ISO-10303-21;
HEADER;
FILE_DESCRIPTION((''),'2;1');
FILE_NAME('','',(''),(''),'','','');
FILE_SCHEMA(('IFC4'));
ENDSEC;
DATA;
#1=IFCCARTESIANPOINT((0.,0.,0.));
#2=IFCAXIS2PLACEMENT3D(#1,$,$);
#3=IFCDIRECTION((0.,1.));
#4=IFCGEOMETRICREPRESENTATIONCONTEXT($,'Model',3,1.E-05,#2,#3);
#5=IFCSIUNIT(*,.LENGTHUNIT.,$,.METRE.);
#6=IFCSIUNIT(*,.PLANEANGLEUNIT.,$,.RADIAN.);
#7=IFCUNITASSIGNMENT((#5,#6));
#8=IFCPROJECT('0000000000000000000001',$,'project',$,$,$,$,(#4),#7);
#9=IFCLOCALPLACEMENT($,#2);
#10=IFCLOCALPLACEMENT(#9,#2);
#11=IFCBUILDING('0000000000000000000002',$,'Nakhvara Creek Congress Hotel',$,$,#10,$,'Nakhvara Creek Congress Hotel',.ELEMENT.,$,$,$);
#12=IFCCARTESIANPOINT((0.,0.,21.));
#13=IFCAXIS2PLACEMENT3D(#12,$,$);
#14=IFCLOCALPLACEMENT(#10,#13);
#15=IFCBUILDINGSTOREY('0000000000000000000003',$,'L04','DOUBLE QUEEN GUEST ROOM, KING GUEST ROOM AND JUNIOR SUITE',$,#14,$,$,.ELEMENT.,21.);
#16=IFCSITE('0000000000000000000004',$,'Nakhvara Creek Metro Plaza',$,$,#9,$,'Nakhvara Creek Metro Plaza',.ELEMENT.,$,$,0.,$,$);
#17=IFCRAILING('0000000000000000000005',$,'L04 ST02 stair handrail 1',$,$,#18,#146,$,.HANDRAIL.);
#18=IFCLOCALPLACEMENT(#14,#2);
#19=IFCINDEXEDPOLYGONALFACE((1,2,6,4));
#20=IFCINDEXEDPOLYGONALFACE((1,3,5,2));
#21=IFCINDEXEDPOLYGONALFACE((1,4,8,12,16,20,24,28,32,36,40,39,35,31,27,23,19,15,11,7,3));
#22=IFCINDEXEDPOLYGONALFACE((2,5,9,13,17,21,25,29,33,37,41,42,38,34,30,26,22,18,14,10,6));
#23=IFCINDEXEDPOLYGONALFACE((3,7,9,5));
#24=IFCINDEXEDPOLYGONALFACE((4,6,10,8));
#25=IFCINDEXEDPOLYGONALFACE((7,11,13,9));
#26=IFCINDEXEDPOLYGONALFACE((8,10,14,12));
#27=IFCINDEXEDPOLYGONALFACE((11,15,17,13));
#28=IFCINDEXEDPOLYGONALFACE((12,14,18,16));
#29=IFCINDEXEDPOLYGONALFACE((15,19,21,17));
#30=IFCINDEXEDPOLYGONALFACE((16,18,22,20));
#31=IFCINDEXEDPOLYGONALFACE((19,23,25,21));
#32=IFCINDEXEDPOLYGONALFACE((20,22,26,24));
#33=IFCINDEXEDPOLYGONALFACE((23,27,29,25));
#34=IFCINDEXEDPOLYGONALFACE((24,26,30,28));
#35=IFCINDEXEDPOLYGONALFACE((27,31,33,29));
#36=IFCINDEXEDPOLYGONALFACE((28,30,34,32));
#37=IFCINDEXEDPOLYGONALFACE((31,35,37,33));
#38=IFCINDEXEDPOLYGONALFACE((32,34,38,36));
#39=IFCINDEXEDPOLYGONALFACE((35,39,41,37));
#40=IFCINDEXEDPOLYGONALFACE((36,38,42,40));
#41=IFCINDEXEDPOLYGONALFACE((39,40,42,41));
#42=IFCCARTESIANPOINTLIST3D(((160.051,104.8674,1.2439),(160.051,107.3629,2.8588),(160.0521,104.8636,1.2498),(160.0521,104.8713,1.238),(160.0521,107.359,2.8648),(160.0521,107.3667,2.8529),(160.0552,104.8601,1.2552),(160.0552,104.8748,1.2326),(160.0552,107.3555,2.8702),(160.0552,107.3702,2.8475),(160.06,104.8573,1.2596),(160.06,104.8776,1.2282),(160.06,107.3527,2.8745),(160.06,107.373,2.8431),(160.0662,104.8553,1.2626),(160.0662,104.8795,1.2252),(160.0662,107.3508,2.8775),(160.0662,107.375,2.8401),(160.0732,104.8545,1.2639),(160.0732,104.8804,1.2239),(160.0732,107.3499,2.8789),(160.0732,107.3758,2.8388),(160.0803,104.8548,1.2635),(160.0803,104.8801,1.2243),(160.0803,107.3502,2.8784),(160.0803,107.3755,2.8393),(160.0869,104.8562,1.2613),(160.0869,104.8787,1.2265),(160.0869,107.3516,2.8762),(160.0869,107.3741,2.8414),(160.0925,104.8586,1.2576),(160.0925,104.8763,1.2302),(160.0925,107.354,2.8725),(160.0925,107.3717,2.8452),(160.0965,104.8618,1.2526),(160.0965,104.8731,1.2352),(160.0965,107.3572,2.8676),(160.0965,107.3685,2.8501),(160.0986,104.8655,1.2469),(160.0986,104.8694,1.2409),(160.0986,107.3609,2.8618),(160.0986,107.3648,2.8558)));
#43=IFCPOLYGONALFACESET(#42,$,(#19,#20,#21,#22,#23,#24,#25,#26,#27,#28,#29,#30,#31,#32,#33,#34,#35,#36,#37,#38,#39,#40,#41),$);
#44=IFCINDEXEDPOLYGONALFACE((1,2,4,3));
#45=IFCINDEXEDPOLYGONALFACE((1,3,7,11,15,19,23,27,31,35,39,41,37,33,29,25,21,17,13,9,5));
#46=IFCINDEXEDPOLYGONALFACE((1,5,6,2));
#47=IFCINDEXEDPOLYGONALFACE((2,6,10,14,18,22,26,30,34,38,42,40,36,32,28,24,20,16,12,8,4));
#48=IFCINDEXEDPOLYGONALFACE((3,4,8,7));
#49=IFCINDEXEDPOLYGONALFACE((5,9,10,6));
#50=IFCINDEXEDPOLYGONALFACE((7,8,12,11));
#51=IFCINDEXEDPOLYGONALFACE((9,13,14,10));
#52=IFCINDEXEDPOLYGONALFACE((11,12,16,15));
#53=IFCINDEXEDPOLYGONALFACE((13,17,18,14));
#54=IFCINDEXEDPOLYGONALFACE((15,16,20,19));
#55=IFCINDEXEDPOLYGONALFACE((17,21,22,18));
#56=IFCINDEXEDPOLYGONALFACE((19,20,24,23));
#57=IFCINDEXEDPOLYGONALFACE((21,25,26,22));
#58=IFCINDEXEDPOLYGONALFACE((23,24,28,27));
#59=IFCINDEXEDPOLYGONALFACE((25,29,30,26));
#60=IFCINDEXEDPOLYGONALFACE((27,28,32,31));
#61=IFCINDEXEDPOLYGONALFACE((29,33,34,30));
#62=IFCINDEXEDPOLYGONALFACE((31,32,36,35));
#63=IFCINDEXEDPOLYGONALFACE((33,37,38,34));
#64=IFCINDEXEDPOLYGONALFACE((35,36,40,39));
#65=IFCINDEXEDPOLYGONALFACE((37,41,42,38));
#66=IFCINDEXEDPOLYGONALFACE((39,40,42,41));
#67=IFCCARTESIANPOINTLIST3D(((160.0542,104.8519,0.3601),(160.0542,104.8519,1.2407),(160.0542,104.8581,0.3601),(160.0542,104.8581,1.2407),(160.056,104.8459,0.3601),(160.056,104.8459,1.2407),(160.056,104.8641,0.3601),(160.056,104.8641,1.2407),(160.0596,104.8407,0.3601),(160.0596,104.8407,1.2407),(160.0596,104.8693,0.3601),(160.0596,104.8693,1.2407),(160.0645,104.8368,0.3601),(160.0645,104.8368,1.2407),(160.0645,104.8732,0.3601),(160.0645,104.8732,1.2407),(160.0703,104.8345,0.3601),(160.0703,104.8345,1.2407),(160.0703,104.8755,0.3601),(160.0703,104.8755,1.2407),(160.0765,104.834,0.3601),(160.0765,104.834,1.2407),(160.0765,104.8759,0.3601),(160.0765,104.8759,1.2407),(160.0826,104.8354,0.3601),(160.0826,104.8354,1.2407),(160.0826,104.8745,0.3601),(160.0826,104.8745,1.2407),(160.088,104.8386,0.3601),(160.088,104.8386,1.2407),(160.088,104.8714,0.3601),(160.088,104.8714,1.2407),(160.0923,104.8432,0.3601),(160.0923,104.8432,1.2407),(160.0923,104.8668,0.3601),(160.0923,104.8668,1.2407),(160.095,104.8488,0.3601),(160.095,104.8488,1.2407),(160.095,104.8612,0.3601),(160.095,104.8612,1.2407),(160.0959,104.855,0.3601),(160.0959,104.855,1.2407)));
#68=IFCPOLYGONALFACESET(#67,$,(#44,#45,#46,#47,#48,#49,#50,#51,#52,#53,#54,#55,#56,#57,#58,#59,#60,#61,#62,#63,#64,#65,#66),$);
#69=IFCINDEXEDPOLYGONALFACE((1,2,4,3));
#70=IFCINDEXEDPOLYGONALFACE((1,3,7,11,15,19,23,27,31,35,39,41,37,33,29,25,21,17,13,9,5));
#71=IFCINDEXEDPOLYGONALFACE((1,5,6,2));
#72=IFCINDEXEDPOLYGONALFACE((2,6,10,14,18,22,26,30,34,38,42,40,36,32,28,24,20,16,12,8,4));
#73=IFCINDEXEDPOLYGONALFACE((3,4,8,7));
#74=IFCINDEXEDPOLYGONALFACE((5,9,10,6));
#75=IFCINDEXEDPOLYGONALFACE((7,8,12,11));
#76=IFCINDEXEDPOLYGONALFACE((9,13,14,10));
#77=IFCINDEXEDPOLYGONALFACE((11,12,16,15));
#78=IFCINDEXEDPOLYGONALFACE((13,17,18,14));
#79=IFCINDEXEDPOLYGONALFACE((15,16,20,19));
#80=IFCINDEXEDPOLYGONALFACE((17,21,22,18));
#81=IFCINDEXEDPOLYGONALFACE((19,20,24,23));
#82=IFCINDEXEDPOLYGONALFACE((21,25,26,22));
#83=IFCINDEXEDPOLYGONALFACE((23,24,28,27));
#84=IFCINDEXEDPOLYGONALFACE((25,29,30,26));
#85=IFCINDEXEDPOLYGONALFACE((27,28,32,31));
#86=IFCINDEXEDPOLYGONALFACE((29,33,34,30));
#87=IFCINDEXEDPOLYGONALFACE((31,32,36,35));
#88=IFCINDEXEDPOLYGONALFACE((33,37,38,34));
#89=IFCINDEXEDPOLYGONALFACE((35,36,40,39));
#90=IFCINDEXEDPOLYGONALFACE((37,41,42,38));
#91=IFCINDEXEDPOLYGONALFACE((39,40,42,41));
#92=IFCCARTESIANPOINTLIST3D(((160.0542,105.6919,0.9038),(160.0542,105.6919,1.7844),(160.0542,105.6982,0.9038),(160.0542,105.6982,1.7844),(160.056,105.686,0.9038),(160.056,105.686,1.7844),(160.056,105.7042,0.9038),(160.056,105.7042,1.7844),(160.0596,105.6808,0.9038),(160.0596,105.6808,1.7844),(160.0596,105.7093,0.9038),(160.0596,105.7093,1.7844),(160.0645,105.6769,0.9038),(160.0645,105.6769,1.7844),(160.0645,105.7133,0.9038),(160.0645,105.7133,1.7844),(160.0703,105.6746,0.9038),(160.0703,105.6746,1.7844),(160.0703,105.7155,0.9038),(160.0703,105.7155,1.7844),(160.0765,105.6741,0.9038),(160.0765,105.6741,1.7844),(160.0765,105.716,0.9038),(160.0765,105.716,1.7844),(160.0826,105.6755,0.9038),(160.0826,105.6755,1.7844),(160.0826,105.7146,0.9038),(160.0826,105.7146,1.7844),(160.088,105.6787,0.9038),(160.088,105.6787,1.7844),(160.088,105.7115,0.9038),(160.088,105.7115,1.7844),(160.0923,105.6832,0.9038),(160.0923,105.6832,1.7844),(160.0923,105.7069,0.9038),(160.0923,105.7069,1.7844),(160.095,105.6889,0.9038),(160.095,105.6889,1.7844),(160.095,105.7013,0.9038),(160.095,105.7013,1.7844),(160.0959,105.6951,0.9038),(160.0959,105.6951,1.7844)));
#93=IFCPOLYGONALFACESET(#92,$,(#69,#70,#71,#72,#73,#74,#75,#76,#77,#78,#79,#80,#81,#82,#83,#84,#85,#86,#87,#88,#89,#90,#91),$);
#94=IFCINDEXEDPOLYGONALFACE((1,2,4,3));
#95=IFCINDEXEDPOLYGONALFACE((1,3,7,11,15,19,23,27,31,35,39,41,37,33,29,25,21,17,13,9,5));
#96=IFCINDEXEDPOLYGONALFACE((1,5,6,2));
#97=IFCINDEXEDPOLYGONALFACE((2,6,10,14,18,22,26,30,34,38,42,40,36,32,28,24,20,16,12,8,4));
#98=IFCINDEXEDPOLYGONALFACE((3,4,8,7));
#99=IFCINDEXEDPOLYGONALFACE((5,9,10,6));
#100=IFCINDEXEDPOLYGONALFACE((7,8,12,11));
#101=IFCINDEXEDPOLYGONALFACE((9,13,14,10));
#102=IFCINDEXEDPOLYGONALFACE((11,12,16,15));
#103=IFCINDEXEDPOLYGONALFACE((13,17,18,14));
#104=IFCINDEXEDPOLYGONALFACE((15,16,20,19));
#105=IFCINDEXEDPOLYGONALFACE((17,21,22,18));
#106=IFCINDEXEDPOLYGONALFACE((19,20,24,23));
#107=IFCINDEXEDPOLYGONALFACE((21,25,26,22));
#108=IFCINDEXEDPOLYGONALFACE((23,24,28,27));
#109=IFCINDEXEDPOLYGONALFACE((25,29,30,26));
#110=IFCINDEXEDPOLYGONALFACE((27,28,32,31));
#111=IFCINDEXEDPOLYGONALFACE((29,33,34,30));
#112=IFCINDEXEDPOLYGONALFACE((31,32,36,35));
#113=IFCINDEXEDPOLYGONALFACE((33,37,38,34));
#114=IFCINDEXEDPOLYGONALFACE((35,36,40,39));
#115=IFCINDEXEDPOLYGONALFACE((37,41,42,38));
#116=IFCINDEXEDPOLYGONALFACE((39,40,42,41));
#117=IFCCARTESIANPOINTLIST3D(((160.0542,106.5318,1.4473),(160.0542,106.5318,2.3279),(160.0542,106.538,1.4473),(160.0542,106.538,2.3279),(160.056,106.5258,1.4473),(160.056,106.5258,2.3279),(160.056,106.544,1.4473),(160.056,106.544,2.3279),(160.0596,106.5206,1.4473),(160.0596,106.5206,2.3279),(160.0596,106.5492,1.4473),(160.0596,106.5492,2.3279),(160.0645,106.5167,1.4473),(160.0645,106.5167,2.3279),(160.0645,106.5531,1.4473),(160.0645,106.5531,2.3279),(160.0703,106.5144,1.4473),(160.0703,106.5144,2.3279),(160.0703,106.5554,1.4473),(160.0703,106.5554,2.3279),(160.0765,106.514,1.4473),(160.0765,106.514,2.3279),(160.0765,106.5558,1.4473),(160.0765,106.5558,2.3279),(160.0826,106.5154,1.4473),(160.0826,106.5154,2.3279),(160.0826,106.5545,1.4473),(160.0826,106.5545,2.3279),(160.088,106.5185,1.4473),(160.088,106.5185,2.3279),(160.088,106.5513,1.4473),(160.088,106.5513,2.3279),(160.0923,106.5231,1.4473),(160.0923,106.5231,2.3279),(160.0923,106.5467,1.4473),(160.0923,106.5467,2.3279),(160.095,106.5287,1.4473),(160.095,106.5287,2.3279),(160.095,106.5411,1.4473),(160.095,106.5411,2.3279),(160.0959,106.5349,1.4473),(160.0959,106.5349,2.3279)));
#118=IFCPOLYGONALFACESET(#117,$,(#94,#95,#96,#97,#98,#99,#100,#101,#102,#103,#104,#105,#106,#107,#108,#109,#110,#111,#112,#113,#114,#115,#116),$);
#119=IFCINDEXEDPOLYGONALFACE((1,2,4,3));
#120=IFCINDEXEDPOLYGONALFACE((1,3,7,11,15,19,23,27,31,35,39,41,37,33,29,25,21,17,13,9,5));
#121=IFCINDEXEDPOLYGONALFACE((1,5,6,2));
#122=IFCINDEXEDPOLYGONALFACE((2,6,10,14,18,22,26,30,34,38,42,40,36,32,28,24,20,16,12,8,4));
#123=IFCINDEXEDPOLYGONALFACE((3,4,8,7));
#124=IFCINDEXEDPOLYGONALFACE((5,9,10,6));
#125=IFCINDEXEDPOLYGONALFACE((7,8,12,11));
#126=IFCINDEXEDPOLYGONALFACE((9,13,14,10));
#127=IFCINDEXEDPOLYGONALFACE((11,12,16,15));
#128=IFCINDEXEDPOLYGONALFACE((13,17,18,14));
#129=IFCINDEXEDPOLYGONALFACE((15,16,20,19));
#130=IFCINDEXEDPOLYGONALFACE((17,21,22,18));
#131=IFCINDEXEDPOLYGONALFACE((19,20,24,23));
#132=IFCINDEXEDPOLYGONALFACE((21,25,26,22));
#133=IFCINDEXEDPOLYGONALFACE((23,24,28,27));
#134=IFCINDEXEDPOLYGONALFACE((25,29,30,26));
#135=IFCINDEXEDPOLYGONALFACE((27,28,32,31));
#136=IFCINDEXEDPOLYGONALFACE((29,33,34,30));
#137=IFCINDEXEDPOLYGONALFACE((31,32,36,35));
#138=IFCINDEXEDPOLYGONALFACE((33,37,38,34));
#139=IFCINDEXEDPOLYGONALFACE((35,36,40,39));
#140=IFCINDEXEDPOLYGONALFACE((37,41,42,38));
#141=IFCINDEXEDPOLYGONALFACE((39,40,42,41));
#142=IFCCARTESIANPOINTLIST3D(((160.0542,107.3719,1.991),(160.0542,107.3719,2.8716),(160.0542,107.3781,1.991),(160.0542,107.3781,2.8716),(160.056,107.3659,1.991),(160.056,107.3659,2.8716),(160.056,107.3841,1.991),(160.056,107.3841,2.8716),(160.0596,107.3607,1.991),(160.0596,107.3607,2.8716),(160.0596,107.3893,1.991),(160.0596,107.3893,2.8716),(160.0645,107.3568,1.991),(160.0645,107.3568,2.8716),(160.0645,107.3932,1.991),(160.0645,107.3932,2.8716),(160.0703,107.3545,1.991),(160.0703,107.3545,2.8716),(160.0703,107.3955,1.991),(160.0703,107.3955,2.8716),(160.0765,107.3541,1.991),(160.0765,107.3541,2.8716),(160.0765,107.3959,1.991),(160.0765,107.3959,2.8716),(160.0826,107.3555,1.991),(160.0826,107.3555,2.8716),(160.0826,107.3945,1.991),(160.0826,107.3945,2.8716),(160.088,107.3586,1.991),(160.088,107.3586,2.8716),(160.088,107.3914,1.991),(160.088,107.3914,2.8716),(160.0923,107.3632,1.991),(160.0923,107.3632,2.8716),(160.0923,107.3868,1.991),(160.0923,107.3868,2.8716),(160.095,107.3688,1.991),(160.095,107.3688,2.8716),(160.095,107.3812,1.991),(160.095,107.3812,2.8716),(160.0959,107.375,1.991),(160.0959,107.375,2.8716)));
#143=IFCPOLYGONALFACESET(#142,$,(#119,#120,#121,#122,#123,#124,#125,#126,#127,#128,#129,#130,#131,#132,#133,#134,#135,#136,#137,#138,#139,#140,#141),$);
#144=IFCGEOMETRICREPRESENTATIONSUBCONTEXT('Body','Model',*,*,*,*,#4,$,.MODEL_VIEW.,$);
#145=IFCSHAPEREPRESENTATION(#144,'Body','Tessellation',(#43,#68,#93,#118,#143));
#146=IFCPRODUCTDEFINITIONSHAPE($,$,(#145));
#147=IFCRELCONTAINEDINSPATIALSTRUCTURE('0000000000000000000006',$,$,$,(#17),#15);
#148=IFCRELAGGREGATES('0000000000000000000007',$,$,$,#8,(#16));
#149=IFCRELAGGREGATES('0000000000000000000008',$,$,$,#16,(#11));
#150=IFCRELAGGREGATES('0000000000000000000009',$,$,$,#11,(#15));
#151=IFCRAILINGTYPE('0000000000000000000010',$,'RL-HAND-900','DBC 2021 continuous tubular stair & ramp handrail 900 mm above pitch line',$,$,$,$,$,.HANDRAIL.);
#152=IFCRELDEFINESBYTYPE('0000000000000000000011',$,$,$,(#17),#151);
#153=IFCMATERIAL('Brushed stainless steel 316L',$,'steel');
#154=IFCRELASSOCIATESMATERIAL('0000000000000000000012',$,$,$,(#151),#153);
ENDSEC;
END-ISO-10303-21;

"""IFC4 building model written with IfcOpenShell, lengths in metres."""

from ifc_helpers import new_model, si_unit, direction, frame, origin, origin_2d, place, context, subcontext, project, spatial, circle, extrude, material, type_object, element, save


model = new_model("IFC4")

# Units and contexts
model_context = context("Model", 3, precision=1e-05, world=origin(), true_north=direction((0.0, 1.0)))
body_context = subcontext(model_context, "Body", "Model", "MODEL_VIEW")
ifc_project = project(units=[si_unit("LENGTHUNIT", "METRE"), si_unit("PLANEANGLEUNIT", "RADIAN")], contexts=[model_context])

# Site, building, storey
site_placement = place(None, origin())
site = spatial("IfcSite", under=ifc_project, at=site_placement, Name="Nakhvara Creek Metro Plaza", LongName="Nakhvara Creek Metro Plaza", CompositionType="ELEMENT", RefElevation=0.0)
building_placement = place(site_placement, origin())
building = spatial("IfcBuilding", under=site, at=building_placement, Name="Nakhvara Creek Congress Hotel", LongName="Nakhvara Creek Congress Hotel", CompositionType="ELEMENT")
storey_placement = place(building_placement, frame((0.0, 0.0, 21.0)))
storey = spatial("IfcBuildingStorey", under=building, at=storey_placement, Name="L04", Description="DOUBLE QUEEN GUEST ROOM, KING GUEST ROOM AND JUNIOR SUITE", CompositionType="ELEMENT", Elevation=21.0)

# Railing
ifc_material_1 = material(Name="Brushed stainless steel 316L", Category="steel")
railing_type_1 = type_object("IfcRailingType", Name="RL-HAND-900", Description="DBC 2021 continuous tubular stair & ramp handrail 900 mm above pitch line", PredefinedType="HANDRAIL", material=ifc_material_1)
railing_1_placement = place(storey_placement, frame((160.075, 104.855, 0.3601)))
element("IfcRailing", 1, at=railing_1_placement, inside=storey, type_object=railing_type_1, Name="L04 ST02 stair handrail 1", PredefinedType="HANDRAIL", context=body_context, shape_type="SweptSolid", body=[
    extrude(circle(Radius=0.0239, at=origin_2d()), frame((0.0, 0.0125, 0.8838), z_axis=(0.0, 0.839531, 0.543312), x_axis=(-1.0, 0.0, 0.0)), (0.0, 0.0, 1.0), 2.9724),
    extrude(circle(Radius=0.021, at=origin_2d()), origin(), (0.0, 0.0, 1.0), 0.8806),
    extrude(circle(Radius=0.021, at=origin_2d()), frame((0.0, 0.8401, 0.5437)), (0.0, 0.0, 1.0), 0.8806),
    extrude(circle(Radius=0.021, at=origin_2d()), frame((0.0, 1.6799, 1.0872)), (0.0, 0.0, 1.0), 0.8806),
    extrude(circle(Radius=0.021, at=origin_2d()), frame((0.0, 2.52, 1.6309)), (0.0, 0.0, 1.0), 0.8806),
])

save(model, "model.ifc")
